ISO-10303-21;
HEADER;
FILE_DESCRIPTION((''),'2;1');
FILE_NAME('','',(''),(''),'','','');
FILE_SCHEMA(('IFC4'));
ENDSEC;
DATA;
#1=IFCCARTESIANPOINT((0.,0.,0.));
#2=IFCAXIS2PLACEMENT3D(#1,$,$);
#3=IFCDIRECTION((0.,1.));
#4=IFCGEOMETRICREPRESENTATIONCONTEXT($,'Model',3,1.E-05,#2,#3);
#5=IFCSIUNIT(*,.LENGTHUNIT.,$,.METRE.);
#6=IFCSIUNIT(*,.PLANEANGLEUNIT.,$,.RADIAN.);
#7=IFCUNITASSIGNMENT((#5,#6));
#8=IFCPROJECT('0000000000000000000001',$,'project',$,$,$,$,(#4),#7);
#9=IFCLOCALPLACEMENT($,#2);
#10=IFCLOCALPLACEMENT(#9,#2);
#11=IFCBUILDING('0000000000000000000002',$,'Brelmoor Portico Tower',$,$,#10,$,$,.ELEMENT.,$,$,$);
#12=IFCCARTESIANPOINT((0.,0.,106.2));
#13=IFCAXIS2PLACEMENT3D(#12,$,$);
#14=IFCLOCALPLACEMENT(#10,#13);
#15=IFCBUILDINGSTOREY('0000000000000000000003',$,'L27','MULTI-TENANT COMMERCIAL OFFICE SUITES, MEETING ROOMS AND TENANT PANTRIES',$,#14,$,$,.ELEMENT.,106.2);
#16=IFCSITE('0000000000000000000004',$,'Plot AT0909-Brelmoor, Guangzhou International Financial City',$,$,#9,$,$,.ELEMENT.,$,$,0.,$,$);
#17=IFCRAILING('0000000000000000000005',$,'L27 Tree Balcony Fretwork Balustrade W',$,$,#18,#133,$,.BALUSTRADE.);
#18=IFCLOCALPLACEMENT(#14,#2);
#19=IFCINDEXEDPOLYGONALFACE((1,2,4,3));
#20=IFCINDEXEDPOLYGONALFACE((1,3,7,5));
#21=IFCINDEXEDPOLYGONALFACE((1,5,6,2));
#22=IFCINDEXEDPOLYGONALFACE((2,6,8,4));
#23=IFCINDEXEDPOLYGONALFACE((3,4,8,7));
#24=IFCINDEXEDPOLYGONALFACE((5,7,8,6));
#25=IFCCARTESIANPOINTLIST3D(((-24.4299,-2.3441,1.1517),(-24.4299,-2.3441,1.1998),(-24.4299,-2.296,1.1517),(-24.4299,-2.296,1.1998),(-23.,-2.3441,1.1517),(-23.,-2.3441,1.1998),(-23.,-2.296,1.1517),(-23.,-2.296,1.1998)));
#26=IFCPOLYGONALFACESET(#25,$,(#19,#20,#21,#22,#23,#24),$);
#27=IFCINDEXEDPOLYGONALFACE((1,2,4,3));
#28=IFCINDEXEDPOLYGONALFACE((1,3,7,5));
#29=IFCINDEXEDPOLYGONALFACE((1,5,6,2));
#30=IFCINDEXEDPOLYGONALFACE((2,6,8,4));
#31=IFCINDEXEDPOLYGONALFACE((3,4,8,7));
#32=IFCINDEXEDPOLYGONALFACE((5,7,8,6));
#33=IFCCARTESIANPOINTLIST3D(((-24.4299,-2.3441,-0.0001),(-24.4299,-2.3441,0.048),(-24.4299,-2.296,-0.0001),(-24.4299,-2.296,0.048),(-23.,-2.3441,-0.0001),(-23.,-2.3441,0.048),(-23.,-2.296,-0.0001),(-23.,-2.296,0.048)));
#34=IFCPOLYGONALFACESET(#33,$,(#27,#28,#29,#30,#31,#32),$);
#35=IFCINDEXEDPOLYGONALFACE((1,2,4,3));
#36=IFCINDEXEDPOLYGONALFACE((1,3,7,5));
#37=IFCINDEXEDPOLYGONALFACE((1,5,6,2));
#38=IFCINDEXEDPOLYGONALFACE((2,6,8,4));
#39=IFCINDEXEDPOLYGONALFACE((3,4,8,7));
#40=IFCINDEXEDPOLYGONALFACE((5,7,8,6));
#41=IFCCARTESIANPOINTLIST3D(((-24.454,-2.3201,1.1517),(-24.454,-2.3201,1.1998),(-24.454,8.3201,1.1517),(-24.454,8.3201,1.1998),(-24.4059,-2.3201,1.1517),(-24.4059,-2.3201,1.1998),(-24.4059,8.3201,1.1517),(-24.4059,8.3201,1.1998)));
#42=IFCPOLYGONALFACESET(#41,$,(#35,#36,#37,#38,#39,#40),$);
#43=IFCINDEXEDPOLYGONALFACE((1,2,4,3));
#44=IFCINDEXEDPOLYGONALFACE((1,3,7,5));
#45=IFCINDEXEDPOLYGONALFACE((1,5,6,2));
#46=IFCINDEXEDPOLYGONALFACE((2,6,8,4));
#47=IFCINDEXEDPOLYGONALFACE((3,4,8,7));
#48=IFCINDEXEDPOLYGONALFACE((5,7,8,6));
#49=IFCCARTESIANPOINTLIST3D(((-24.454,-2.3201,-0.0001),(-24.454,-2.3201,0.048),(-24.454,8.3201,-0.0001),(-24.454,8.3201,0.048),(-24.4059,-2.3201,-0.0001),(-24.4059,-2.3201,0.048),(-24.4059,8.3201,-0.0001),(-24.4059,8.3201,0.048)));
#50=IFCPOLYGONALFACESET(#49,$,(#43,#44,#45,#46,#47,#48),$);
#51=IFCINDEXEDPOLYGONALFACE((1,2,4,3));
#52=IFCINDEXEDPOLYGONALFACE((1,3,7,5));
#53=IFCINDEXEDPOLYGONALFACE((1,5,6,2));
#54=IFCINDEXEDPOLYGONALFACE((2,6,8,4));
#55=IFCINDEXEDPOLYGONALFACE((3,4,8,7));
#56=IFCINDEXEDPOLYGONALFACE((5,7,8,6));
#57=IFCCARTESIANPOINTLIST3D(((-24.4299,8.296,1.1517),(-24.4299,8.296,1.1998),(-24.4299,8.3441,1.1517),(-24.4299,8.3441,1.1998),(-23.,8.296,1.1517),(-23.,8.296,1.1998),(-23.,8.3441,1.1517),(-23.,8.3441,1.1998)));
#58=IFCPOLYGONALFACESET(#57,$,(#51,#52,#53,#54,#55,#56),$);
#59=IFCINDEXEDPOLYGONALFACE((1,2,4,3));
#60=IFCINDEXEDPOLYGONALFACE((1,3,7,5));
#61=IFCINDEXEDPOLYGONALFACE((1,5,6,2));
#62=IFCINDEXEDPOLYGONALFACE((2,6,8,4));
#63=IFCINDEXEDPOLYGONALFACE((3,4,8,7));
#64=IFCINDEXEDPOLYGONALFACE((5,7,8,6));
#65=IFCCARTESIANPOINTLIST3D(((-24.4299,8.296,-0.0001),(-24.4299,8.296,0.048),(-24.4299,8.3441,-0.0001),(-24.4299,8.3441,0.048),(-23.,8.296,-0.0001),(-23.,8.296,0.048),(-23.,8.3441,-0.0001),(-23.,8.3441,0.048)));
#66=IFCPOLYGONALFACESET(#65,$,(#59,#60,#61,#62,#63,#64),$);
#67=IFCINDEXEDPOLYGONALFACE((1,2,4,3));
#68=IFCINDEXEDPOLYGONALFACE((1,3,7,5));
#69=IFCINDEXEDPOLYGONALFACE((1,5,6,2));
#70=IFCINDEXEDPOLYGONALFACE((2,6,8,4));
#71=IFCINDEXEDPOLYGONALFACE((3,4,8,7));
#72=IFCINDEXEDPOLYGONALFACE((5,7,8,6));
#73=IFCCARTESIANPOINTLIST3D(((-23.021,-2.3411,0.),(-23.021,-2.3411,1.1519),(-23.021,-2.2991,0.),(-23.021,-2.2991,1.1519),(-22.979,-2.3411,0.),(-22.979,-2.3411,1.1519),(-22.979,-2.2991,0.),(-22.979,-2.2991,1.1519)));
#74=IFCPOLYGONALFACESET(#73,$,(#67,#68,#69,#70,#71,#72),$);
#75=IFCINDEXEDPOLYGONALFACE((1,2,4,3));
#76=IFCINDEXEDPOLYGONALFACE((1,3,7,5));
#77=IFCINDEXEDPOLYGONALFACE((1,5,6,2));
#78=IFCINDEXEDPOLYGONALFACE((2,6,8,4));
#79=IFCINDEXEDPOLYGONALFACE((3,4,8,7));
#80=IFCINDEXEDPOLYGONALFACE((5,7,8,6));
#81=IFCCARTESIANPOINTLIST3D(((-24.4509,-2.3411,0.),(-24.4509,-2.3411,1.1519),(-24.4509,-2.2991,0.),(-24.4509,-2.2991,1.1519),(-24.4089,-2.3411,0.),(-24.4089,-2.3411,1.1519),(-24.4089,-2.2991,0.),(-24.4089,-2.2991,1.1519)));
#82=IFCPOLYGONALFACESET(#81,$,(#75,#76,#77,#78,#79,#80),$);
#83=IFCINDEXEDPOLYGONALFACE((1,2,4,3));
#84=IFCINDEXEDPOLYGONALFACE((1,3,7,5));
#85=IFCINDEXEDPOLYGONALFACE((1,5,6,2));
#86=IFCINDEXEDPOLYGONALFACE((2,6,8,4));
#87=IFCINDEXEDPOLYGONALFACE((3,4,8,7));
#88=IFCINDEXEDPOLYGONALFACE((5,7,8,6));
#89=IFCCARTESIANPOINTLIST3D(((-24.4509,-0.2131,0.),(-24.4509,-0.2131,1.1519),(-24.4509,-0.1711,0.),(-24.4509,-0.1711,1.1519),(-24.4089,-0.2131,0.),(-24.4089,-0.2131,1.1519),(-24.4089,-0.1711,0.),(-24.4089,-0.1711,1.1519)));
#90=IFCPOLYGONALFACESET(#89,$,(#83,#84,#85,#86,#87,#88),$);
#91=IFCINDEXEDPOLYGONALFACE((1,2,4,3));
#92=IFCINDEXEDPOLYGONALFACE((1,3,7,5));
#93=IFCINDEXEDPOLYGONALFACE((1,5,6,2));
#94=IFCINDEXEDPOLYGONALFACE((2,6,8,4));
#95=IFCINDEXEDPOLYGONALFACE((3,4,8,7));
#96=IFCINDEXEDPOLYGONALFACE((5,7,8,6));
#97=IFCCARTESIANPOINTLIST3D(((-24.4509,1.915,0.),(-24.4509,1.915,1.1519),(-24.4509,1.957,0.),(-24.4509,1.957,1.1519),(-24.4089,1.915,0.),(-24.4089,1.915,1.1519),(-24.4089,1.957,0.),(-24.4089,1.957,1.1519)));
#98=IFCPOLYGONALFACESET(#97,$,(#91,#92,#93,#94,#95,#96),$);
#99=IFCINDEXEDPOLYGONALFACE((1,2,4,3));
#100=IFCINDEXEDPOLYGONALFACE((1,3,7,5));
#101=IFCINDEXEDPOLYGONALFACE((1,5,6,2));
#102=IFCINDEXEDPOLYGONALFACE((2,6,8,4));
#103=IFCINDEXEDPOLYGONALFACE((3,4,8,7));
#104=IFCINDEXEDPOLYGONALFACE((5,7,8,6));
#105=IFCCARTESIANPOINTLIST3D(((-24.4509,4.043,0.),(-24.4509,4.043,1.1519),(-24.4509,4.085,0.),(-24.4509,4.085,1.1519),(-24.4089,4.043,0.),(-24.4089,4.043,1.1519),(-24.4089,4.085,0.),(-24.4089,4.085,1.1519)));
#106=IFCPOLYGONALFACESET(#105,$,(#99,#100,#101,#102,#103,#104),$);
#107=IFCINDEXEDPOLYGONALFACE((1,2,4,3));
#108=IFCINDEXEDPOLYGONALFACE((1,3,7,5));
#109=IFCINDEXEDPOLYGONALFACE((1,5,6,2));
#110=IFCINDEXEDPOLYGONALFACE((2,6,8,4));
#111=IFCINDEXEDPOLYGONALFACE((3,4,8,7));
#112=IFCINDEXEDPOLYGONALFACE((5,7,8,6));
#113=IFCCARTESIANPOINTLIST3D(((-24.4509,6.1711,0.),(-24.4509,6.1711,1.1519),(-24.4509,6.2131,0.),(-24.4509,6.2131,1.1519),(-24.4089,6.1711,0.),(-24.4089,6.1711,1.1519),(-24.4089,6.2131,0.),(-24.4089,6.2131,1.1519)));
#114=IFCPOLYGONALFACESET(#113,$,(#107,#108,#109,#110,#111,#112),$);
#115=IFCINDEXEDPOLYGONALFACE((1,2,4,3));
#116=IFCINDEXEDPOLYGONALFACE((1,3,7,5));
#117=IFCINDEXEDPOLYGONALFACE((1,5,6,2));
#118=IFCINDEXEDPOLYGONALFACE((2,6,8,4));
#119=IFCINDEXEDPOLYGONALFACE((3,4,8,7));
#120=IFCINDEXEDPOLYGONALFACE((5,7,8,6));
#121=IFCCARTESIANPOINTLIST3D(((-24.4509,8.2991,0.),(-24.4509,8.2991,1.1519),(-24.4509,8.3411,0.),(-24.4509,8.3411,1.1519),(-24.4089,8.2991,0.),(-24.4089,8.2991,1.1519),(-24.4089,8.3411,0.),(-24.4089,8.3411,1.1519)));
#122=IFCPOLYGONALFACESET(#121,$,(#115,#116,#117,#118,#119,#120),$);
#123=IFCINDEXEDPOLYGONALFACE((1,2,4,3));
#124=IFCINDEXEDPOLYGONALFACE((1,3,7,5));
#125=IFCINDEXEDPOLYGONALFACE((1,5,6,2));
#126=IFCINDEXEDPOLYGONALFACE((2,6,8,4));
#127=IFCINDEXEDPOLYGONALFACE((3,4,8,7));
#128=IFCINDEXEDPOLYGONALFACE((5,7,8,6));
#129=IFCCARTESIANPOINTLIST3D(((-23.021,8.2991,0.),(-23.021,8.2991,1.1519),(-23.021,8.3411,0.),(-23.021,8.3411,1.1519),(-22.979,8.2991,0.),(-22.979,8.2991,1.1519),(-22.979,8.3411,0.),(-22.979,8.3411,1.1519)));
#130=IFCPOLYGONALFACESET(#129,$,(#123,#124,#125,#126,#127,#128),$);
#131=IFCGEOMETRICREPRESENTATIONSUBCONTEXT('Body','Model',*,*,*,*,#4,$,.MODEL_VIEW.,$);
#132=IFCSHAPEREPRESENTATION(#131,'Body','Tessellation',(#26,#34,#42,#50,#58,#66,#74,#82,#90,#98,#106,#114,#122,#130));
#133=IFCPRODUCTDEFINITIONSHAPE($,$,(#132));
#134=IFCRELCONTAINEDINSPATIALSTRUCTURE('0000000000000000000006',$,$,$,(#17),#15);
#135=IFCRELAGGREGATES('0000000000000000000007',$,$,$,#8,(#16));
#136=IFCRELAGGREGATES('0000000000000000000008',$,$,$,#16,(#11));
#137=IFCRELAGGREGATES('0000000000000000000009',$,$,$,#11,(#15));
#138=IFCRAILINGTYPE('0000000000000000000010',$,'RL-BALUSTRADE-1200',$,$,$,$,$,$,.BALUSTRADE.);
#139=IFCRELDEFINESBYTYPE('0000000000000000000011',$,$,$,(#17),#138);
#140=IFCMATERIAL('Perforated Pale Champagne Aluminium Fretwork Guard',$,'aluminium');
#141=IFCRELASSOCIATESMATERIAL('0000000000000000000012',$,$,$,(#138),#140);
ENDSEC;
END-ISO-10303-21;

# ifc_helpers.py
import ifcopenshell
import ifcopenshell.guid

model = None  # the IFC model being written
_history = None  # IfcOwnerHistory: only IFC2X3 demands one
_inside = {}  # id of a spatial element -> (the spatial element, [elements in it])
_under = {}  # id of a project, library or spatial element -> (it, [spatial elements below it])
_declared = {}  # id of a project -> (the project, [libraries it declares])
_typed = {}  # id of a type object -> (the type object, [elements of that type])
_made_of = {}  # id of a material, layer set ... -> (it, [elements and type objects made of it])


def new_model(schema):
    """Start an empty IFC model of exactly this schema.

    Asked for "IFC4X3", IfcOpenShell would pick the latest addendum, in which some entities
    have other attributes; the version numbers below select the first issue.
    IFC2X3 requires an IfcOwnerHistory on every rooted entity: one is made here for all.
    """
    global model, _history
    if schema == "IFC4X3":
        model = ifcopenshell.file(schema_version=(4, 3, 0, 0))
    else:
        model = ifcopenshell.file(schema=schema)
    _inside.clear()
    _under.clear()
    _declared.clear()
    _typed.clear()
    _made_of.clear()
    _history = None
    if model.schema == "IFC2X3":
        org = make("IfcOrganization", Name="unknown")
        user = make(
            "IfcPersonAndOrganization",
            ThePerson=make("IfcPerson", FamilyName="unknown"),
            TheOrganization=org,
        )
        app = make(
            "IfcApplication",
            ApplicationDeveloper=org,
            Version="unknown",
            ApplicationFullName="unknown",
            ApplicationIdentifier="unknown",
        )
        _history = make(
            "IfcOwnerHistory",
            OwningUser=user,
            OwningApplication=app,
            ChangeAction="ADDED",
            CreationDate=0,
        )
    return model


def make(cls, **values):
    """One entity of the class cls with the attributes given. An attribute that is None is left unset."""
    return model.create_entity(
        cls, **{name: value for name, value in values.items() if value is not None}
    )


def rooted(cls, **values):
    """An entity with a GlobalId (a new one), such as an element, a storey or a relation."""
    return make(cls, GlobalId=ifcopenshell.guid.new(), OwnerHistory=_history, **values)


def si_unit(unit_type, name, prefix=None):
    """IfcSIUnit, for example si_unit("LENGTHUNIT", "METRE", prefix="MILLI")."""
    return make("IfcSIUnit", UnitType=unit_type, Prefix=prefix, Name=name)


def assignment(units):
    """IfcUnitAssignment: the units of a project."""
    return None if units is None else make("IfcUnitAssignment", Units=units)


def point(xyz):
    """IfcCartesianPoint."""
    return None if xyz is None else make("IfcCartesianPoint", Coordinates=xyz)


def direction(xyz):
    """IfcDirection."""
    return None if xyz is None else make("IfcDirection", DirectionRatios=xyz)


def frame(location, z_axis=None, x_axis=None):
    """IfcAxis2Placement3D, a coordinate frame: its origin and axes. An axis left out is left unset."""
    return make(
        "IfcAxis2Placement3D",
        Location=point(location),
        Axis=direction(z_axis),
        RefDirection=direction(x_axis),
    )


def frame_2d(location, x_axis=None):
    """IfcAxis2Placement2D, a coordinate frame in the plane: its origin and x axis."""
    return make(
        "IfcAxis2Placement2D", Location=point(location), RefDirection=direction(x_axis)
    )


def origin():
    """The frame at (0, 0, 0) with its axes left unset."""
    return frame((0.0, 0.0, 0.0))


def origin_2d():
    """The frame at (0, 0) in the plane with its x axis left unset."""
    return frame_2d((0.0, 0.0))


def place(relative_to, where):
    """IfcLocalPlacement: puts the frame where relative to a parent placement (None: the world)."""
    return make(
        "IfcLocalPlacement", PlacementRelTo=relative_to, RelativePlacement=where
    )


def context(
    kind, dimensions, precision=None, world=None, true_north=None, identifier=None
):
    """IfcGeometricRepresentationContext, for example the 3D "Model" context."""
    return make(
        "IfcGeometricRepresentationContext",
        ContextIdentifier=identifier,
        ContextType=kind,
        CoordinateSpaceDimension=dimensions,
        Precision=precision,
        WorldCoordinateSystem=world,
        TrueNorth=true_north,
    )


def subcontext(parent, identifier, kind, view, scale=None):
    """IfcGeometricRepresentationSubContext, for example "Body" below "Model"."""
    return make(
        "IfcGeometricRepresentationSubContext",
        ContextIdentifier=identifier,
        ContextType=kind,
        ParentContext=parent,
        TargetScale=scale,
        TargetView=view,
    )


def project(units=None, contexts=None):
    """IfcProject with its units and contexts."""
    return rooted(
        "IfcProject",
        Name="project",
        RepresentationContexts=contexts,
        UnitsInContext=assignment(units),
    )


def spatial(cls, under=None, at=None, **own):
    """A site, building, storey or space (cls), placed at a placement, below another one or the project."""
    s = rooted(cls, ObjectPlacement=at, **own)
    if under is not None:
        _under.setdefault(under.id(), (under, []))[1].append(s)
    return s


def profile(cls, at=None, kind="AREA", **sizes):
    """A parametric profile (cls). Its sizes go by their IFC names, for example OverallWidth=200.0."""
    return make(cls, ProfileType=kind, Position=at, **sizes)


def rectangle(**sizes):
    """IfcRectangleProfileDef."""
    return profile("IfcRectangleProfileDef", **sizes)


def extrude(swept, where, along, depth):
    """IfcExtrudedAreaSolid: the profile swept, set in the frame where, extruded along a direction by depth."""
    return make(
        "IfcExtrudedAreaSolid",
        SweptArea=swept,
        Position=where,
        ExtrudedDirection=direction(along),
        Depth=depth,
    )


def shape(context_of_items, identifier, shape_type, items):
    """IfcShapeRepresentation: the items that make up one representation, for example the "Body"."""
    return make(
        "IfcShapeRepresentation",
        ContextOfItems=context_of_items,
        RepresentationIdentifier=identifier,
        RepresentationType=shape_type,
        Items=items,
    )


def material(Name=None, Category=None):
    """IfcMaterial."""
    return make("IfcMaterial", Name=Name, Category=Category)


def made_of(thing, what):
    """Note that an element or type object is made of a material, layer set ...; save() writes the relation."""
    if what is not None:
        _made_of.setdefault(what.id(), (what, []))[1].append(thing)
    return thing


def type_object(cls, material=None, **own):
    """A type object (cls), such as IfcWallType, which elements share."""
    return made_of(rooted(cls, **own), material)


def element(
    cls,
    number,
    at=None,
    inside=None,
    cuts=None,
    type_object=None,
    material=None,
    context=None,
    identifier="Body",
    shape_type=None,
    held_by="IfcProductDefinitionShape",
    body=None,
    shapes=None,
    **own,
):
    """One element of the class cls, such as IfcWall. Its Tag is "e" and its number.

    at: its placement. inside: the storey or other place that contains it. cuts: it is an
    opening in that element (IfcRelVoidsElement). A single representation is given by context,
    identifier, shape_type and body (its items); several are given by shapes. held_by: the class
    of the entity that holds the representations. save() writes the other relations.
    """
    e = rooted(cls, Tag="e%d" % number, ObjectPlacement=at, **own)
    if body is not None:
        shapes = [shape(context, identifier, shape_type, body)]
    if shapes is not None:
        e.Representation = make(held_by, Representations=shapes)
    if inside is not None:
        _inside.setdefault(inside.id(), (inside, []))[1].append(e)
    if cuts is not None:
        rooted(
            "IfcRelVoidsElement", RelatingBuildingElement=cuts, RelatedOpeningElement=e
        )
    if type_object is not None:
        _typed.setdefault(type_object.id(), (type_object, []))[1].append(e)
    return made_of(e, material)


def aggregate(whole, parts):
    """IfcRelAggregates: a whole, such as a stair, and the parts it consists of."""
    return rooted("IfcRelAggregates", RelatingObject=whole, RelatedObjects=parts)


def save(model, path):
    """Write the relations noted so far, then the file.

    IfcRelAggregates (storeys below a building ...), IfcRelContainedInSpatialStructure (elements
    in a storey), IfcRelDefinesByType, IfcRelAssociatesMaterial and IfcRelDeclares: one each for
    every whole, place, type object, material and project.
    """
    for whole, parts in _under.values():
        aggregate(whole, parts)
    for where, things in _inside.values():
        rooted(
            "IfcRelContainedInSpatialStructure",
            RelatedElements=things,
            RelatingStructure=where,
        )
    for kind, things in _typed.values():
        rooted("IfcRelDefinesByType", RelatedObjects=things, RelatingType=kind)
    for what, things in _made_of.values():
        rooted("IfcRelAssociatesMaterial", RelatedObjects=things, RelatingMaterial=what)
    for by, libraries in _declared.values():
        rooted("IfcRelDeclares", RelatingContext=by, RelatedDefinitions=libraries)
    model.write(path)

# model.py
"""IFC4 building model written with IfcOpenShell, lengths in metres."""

from ifc_helpers import new_model, si_unit, direction, frame, origin, origin_2d, place, context, subcontext, project, spatial, rectangle, extrude, material, type_object, element, save


model = new_model("IFC4")

# Units and contexts
model_context = context("Model", 3, precision=1e-05, world=origin(), true_north=direction((0.0, 1.0)))
body_context = subcontext(model_context, "Body", "Model", "MODEL_VIEW")
ifc_project = project(units=[si_unit("LENGTHUNIT", "METRE"), si_unit("PLANEANGLEUNIT", "RADIAN")], contexts=[model_context])

# Site, building, storey
site_placement = place(None, origin())
site = spatial("IfcSite", under=ifc_project, at=site_placement, Name="Plot AT0909-Brelmoor, Guangzhou International Financial City", CompositionType="ELEMENT", RefElevation=0.0)
building_placement = place(site_placement, origin())
building = spatial("IfcBuilding", under=site, at=building_placement, Name="Brelmoor Portico Tower", CompositionType="ELEMENT")
storey_placement = place(building_placement, frame((0.0, 0.0, 106.2)))
storey = spatial("IfcBuildingStorey", under=building, at=storey_placement, Name="L27", Description="MULTI-TENANT COMMERCIAL OFFICE SUITES, MEETING ROOMS AND TENANT PANTRIES", CompositionType="ELEMENT", Elevation=106.2)

# Railing
ifc_material_1 = material(Name="Perforated Pale Champagne Aluminium Fretwork Guard", Category="aluminium")
railing_type = type_object("IfcRailingType", Name="RL-BALUSTRADE-1200", PredefinedType="BALUSTRADE", material=ifc_material_1)
railing_placement = place(storey_placement, frame((-23.0, -2.3201, 0.0)))
element("IfcRailing", 1, at=railing_placement, inside=storey, type_object=railing_type, Name="L27 Tree Balcony Fretwork Balustrade W", PredefinedType="BALUSTRADE", context=body_context, shape_type="SweptSolid", body=[
    extrude(rectangle(XDim=0.0481, YDim=0.0481, at=origin_2d()), frame((0.0, 0.0, 1.1758), z_axis=(-1.0, 0.0, 0.0), x_axis=(0.0, -1.0, 0.0)), (0.0, 0.0, 1.0), 1.4299),
    extrude(rectangle(XDim=0.0481, YDim=0.0481, at=origin_2d()), frame((0.0, 0.0, 0.0239), z_axis=(-1.0, 0.0, 0.0), x_axis=(0.0, -1.0, 0.0)), (0.0, 0.0, 1.0), 1.4299),
    extrude(rectangle(XDim=0.0481, YDim=0.0481, at=origin_2d()), frame((-1.4299, 0.0, 1.1758), z_axis=(0.0, 1.0, 0.0), x_axis=(-1.0, 0.0, 0.0)), (0.0, 0.0, 1.0), 10.6401),
    extrude(rectangle(XDim=0.0481, YDim=0.0481, at=origin_2d()), frame((-1.4299, 0.0, 0.0239), z_axis=(0.0, 1.0, 0.0), x_axis=(-1.0, 0.0, 0.0)), (0.0, 0.0, 1.0), 10.6401),
    extrude(rectangle(XDim=0.0481, YDim=0.0481, at=origin_2d()), frame((-1.4299, 10.6401, 1.1758), z_axis=(1.0, 0.0, 0.0), x_axis=(0.0, 1.0, 0.0)), (0.0, 0.0, 1.0), 1.4299),
    extrude(rectangle(XDim=0.0481, YDim=0.0481, at=origin_2d()), frame((-1.4299, 10.6401, 0.0239), z_axis=(1.0, 0.0, 0.0), x_axis=(0.0, 1.0, 0.0)), (0.0, 0.0, 1.0), 1.4299),
    extrude(rectangle(XDim=0.042, YDim=0.042, at=origin_2d()), origin(), (0.0, 0.0, 1.0), 1.1519),
    extrude(rectangle(XDim=0.042, YDim=0.042, at=origin_2d()), frame((-1.4299, 0.0, 0.0)), (0.0, 0.0, 1.0), 1.1519),
    extrude(rectangle(XDim=0.042, YDim=0.042, at=origin_2d()), frame((-1.4299, 2.1279, 0.0)), (0.0, 0.0, 1.0), 1.1519),
    extrude(rectangle(XDim=0.042, YDim=0.042, at=origin_2d()), frame((-1.4299, 4.2561, 0.0)), (0.0, 0.0, 1.0), 1.1519),
    extrude(rectangle(XDim=0.042, YDim=0.042, at=origin_2d()), frame((-1.4299, 6.384, 0.0)), (0.0, 0.0, 1.0), 1.1519),
    extrude(rectangle(XDim=0.042, YDim=0.042, at=origin_2d()), frame((-1.4299, 8.5122, 0.0)), (0.0, 0.0, 1.0), 1.1519),
    extrude(rectangle(XDim=0.042, YDim=0.042, at=origin_2d()), frame((-1.4299, 10.6401, 0.0)), (0.0, 0.0, 1.0), 1.1519),
    extrude(rectangle(XDim=0.042, YDim=0.042, at=origin_2d()), frame((0.0, 10.6401, 0.0)), (0.0, 0.0, 1.0), 1.1519),
])

save(model, "model.ifc")
